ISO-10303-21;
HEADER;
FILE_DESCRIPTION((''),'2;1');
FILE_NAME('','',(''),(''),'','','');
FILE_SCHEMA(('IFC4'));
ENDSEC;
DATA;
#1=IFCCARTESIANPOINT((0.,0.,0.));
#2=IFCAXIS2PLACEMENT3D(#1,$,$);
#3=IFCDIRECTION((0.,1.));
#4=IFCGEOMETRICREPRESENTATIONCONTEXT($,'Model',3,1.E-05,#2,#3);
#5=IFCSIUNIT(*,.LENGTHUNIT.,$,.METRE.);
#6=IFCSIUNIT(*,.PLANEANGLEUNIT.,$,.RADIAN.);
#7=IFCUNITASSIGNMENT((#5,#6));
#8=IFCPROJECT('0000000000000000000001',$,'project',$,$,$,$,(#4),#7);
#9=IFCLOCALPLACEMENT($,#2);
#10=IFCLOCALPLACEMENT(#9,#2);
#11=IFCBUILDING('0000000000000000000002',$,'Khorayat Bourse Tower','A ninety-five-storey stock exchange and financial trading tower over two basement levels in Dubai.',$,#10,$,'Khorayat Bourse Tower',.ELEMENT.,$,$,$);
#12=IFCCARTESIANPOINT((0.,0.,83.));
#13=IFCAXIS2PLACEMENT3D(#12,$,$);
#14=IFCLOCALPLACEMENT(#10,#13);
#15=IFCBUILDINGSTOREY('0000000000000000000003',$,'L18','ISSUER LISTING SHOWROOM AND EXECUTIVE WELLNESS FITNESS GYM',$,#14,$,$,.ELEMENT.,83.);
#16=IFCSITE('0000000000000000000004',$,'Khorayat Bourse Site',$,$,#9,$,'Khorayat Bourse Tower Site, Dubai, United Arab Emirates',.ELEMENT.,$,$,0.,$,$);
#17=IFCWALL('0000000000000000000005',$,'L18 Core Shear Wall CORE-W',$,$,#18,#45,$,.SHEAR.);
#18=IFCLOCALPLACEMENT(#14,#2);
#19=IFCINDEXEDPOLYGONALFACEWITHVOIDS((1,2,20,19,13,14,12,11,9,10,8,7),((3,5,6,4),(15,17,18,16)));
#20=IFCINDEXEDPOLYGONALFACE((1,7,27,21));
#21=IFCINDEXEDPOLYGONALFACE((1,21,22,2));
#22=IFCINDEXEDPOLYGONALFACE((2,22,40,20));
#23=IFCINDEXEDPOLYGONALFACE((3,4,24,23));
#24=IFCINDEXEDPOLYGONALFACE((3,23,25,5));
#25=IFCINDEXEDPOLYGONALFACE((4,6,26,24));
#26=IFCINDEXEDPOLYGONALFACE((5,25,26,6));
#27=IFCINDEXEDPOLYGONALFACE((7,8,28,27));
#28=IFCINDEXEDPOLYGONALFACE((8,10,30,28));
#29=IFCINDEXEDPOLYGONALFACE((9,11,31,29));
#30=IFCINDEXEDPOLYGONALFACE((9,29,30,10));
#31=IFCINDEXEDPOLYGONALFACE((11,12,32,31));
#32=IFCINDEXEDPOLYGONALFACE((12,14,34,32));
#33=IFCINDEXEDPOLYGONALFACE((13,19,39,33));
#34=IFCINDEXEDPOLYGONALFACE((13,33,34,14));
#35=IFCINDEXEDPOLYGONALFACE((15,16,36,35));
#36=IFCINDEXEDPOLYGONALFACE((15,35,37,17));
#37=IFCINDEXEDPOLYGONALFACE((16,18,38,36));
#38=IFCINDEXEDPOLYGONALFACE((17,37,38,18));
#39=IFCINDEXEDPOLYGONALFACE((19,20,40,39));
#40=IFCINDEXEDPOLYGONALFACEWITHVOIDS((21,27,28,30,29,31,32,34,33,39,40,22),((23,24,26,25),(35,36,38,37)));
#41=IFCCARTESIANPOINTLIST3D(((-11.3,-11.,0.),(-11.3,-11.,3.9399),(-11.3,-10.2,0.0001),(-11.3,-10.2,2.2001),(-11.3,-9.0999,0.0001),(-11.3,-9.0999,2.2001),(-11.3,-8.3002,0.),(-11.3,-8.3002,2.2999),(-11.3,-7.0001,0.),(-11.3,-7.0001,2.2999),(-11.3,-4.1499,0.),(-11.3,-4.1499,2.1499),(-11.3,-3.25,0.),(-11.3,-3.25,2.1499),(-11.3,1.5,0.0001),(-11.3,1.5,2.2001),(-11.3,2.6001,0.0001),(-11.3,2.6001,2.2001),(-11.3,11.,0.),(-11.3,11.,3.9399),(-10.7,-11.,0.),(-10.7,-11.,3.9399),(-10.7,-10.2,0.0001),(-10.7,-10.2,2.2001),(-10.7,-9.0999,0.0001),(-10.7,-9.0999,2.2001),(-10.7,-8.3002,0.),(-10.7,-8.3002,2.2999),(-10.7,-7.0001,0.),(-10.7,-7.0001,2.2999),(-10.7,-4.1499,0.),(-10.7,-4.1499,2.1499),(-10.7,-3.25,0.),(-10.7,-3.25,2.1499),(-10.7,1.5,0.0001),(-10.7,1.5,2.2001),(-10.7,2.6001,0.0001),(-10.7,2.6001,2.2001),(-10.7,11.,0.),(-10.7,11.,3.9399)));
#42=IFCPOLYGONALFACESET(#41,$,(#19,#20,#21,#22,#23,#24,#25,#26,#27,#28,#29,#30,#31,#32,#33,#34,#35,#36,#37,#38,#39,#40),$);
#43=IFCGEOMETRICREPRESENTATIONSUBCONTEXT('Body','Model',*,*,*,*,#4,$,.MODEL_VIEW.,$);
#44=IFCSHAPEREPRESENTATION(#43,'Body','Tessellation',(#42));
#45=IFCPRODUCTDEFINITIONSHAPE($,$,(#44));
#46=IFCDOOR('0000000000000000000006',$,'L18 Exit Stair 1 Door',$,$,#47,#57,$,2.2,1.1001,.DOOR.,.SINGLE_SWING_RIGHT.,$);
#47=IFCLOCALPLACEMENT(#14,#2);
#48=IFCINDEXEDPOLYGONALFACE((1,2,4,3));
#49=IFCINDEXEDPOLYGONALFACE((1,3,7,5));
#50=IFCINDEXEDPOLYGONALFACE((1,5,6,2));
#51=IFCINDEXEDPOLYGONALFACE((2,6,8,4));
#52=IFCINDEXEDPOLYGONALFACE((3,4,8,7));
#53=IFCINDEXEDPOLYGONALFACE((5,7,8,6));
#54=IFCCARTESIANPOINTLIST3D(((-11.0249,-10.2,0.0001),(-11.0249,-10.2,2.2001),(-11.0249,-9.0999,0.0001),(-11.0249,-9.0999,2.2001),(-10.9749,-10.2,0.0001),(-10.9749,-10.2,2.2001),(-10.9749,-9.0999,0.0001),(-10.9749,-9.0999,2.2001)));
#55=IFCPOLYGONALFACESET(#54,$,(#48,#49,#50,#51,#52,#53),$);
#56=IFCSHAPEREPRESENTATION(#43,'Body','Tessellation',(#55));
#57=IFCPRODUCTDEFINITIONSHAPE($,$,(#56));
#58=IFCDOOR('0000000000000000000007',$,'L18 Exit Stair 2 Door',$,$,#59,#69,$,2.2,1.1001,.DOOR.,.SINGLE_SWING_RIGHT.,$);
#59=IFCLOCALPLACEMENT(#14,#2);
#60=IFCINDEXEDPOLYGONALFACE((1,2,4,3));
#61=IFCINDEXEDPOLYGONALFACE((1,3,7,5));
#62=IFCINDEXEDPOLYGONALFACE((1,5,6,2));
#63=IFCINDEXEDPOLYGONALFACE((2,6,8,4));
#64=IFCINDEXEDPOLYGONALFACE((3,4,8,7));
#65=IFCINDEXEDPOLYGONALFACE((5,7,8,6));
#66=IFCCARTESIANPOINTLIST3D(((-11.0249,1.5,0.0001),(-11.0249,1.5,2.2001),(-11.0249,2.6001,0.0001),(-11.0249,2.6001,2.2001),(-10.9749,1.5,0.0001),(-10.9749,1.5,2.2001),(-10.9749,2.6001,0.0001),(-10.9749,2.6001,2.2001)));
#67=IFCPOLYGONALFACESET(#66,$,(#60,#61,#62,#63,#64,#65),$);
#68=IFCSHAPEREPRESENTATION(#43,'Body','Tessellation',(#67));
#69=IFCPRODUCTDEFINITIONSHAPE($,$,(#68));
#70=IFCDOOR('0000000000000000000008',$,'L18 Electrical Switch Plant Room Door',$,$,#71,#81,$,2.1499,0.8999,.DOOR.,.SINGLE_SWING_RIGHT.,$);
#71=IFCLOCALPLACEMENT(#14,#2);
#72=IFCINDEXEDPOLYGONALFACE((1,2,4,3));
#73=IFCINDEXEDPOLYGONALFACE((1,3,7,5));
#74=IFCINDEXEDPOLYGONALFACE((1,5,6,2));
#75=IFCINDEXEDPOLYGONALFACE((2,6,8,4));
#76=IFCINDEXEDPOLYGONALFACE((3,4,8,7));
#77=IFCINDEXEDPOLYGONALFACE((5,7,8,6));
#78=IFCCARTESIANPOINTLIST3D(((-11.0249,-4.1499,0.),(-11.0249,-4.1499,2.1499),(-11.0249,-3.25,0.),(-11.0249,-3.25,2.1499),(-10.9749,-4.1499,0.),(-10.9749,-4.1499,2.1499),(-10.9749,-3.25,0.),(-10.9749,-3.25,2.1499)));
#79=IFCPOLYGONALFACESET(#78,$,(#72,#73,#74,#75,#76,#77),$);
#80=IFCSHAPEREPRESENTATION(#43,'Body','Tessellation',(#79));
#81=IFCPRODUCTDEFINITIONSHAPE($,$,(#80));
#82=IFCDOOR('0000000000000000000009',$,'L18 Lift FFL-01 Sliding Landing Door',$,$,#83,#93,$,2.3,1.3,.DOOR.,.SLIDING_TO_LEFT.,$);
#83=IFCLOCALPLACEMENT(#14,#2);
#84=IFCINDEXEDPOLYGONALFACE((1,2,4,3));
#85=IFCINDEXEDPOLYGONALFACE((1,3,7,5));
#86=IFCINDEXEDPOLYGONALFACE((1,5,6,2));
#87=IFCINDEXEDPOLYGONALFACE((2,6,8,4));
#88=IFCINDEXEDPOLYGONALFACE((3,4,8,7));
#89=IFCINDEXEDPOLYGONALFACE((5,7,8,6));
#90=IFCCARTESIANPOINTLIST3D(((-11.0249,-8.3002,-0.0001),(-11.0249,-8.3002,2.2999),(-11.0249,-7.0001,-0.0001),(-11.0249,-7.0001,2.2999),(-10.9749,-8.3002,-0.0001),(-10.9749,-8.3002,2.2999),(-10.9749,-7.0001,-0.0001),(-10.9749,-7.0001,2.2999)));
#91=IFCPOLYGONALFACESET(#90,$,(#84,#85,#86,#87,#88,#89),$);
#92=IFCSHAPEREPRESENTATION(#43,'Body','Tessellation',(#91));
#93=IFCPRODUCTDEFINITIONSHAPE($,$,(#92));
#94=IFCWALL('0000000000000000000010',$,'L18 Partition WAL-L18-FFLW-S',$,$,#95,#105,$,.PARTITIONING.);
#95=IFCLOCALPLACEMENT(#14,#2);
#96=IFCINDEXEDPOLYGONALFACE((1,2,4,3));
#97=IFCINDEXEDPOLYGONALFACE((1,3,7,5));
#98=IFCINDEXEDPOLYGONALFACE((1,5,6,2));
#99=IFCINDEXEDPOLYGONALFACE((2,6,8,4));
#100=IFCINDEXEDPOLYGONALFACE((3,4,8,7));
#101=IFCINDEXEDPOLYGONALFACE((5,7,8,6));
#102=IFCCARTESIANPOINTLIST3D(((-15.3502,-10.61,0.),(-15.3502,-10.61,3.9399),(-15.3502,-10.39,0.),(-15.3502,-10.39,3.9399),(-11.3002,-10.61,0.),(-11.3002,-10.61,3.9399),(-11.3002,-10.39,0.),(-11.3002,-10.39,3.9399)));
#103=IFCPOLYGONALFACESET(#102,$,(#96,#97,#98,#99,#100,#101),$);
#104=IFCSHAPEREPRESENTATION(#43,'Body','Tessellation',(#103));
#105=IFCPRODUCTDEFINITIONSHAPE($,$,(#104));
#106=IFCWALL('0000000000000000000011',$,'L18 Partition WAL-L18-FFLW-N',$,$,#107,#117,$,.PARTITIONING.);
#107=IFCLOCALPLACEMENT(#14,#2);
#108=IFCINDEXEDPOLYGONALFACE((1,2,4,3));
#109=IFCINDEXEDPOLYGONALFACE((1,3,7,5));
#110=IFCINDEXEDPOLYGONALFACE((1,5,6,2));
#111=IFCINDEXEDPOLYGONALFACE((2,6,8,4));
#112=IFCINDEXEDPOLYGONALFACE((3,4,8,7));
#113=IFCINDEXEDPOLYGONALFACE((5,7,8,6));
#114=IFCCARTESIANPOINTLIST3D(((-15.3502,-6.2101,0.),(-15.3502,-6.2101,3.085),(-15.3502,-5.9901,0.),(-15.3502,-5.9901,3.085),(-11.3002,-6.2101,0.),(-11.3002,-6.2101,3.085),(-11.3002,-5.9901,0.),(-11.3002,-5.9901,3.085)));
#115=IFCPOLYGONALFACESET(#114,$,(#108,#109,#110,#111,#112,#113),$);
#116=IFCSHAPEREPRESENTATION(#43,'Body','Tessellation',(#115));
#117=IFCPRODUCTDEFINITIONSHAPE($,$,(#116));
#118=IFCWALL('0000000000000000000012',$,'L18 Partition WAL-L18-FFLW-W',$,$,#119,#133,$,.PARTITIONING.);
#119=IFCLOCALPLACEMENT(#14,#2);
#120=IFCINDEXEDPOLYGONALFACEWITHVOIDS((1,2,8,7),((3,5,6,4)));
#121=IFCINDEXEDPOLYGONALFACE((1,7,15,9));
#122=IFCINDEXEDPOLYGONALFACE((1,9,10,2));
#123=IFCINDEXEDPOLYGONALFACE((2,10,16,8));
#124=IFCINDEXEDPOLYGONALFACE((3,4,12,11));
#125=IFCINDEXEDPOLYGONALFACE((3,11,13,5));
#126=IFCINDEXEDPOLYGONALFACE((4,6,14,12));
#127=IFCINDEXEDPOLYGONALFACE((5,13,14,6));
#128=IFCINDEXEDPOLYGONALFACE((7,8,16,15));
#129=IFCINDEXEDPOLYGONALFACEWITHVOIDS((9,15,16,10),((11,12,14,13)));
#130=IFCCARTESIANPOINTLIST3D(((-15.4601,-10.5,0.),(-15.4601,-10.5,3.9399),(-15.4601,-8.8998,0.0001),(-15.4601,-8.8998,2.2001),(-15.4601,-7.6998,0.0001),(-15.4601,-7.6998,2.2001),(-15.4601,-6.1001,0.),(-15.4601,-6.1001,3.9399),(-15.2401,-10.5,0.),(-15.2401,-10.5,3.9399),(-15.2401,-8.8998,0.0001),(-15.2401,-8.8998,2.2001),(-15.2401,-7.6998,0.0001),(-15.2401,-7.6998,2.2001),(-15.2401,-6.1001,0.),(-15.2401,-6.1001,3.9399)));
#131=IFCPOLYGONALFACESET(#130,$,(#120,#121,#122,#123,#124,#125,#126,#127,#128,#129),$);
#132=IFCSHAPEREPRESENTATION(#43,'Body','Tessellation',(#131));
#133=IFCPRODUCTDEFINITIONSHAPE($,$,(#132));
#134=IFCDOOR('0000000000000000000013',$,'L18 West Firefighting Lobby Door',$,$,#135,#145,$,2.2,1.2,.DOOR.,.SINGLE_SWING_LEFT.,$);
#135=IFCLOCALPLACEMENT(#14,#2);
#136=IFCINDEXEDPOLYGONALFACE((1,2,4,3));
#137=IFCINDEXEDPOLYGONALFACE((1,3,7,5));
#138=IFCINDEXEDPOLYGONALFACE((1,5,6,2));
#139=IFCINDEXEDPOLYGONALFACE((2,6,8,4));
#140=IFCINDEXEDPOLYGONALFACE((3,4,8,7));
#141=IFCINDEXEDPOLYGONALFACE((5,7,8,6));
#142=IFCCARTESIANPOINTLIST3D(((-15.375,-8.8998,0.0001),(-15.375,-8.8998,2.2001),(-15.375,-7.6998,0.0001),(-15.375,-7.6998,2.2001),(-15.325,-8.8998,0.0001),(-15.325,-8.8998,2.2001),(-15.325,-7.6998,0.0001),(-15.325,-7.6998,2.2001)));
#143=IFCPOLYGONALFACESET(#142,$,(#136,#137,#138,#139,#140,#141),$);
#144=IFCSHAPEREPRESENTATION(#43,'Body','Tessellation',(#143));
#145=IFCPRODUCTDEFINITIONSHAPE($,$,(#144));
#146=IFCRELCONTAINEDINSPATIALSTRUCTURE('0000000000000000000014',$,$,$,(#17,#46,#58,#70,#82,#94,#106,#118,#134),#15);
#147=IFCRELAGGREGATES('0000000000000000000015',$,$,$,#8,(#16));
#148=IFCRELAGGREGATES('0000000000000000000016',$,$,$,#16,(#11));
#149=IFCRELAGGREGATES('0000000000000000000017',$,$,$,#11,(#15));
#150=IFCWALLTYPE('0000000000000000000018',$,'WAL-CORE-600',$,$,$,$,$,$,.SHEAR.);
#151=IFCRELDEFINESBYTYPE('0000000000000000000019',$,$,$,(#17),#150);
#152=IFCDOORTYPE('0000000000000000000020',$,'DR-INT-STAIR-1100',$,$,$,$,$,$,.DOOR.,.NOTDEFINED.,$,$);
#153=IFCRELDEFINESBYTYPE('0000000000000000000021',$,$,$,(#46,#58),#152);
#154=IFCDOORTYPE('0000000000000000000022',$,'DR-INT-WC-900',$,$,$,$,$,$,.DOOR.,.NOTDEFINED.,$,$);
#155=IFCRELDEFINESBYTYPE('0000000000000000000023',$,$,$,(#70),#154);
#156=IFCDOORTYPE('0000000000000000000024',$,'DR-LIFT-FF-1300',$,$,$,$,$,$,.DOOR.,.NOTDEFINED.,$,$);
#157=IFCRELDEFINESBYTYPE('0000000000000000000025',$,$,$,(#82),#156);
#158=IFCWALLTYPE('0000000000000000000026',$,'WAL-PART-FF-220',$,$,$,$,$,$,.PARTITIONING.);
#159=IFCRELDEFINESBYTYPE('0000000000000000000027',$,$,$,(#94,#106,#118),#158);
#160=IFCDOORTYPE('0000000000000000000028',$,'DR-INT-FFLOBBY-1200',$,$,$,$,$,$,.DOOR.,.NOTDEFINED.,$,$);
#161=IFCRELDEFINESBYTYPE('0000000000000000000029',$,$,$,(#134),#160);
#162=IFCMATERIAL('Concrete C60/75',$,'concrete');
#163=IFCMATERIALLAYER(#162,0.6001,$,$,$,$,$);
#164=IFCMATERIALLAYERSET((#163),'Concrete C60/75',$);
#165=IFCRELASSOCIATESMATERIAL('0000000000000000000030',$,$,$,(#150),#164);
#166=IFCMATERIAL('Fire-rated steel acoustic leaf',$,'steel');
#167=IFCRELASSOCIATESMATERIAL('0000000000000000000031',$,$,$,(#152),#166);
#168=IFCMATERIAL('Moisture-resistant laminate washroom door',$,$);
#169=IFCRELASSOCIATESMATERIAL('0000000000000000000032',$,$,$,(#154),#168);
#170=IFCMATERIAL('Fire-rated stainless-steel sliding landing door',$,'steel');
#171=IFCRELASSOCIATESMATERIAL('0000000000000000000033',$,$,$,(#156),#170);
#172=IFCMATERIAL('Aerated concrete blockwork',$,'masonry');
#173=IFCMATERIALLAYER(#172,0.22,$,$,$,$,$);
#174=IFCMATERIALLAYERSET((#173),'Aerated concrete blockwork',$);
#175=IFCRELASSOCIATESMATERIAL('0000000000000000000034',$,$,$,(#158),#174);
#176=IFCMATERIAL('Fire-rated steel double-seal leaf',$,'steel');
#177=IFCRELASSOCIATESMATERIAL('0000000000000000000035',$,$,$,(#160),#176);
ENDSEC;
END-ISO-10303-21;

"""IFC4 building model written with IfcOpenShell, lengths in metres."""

from ifc_helpers import new_model, si_unit, direction, frame, frame_2d, origin, place, context, subcontext, project, spatial, rectangle, extrude, source, transform, mapped, material, layer, layer_set, type_object, element, fill, save


model = new_model("IFC4")

# Units and contexts
model_context = context("Model", 3, precision=1e-05, world=origin(), true_north=direction((0.0, 1.0)))
body_context = subcontext(model_context, "Body", "Model", "MODEL_VIEW")
ifc_project = project(units=[si_unit("LENGTHUNIT", "METRE"), si_unit("PLANEANGLEUNIT", "RADIAN")], contexts=[model_context])

# Site, building, storey
site_placement = place(None, origin())
site = spatial("IfcSite", under=ifc_project, at=site_placement, Name="Khorayat Bourse Site", LongName="Khorayat Bourse Tower Site, Dubai, United Arab Emirates", CompositionType="ELEMENT", RefElevation=0.0)
building_placement = place(site_placement, origin())
building = spatial("IfcBuilding", under=site, at=building_placement, Name="Khorayat Bourse Tower", Description="A ninety-five-storey stock exchange and financial trading tower over two basement levels in Dubai.", LongName="Khorayat Bourse Tower", CompositionType="ELEMENT")
storey_placement = place(building_placement, frame((0.0, 0.0, 83.0)))
storey = spatial("IfcBuildingStorey", under=building, at=storey_placement, Name="L18", Description="ISSUER LISTING SHOWROOM AND EXECUTIVE WELLNESS FITNESS GYM", CompositionType="ELEMENT", Elevation=83.0)

# Wall, openings, doors
ifc_material_1 = material(Name="Concrete C60/75", Category="concrete")
ifc_layer_1 = layer(ifc_material_1, 0.6001)
ifc_layer_set_1 = layer_set([ifc_layer_1], Name="Concrete C60/75")
wall_type_1 = type_object("IfcWallType", Name="WAL-CORE-600", PredefinedType="SHEAR", material=ifc_layer_set_1)
shared_shape_1 = source(origin(), body_context, "Body", "SweptSolid", [
    extrude(rectangle(XDim=22.0, YDim=0.6001, at=frame_2d((11.0, 0.0))), origin(), (0.0, 0.0, 1.0), 3.9399),
])
wall_1_placement = place(storey_placement, frame((-11.0, -11.0, 0.0), z_axis=(0.0, 0.0, 1.0), x_axis=(0.0, 1.0, 0.0)))
wall_1 = element("IfcWall", 1, at=wall_1_placement, inside=storey, type_object=wall_type_1, Name="L18 Core Shear Wall CORE-W", PredefinedType="SHEAR", context=body_context, shape_type="MappedRepresentation", body=[
    mapped(shared_shape_1, transform((0.0, 0.0, 0.0), scale=1.0)),
])
shared_shape_2 = source(origin(), body_context, "Body", "SweptSolid", [
    extrude(rectangle(XDim=1.1001, YDim=2.2, at=frame_2d((0.55, 1.1001))), frame((0.0, 0.3101, 0.0), z_axis=(0.0, -1.0, 0.0), x_axis=(1.0, 0.0, 0.0)), (0.0, 0.0, 1.0), 0.6201),
])
opening_1_placement = place(wall_1_placement, frame((0.8, 0.0, 0.0)))
opening_1 = element("IfcOpeningElement", 2, at=opening_1_placement, cuts=wall_1, PredefinedType="OPENING", context=body_context, shape_type="MappedRepresentation", body=[
    mapped(shared_shape_2, transform((0.0, 0.0, 0.0), scale=1.0)),
])
opening_2_placement = place(wall_1_placement, frame((12.5, 0.0, 0.0)))
opening_2 = element("IfcOpeningElement", 3, at=opening_2_placement, cuts=wall_1, PredefinedType="OPENING", context=body_context, shape_type="MappedRepresentation", body=[
    mapped(shared_shape_2, transform((0.0, 0.0, 0.0), scale=1.0)),
])
shared_shape_3 = source(origin(), body_context, "Body", "SweptSolid", [
    extrude(rectangle(XDim=0.8999, YDim=2.1499, at=frame_2d((0.45, 1.075))), frame((0.0, 0.3101, 0.0), z_axis=(0.0, -1.0, 0.0), x_axis=(1.0, 0.0, 0.0)), (0.0, 0.0, 1.0), 0.6201),
])
opening_3_placement = place(wall_1_placement, frame((6.8501, 0.0, 0.0)))
opening_3 = element("IfcOpeningElement", 4, at=opening_3_placement, cuts=wall_1, PredefinedType="OPENING", context=body_context, shape_type="MappedRepresentation", body=[
    mapped(shared_shape_3, transform((0.0, 0.0, 0.0), scale=1.0)),
])
shared_shape_4 = source(origin(), body_context, "Body", "SweptSolid", [
    extrude(rectangle(XDim=1.3, YDim=2.3, at=frame_2d((0.6499, 1.1499))), frame((0.0, 0.3101, 0.0), z_axis=(0.0, -1.0, 0.0), x_axis=(1.0, 0.0, 0.0)), (0.0, 0.0, 1.0), 0.6201),
])
opening_4_placement = place(wall_1_placement, frame((2.7, 0.0, 0.0)))
opening_4 = element("IfcOpeningElement", 5, at=opening_4_placement, cuts=wall_1, PredefinedType="OPENING", context=body_context, shape_type="MappedRepresentation", body=[
    mapped(shared_shape_4, transform((0.0, 0.0, 0.0), scale=1.0)),
])
ifc_material_2 = material(Name="Fire-rated steel acoustic leaf", Category="steel")
door_type_1 = type_object("IfcDoorType", Name="DR-INT-STAIR-1100", OperationType="NOTDEFINED", PredefinedType="DOOR", material=ifc_material_2)
shared_shape_5 = source(origin(), body_context, "Body", "SweptSolid", [
    extrude(rectangle(XDim=1.1001, YDim=2.2, at=frame_2d((0.55, 1.1001))), frame((0.0, 0.0249, 0.0), z_axis=(0.0, -1.0, 0.0), x_axis=(1.0, 0.0, 0.0)), (0.0, 0.0, 1.0), 0.05),
])
door_1_placement = place(opening_1_placement, origin())
door_1 = element("IfcDoor", 6, at=door_1_placement, inside=storey, type_object=door_type_1, Name="L18 Exit Stair 1 Door", OperationType="SINGLE_SWING_RIGHT", OverallHeight=2.2, OverallWidth=1.1001, PredefinedType="DOOR", context=body_context, shape_type="MappedRepresentation", body=[
    mapped(shared_shape_5, transform((0.0, 0.0, 0.0), scale=1.0)),
])
fill(opening_1, door_1)
door_2_placement = place(opening_2_placement, origin())
door_2 = element("IfcDoor", 7, at=door_2_placement, inside=storey, type_object=door_type_1, Name="L18 Exit Stair 2 Door", OperationType="SINGLE_SWING_RIGHT", OverallHeight=2.2, OverallWidth=1.1001, PredefinedType="DOOR", context=body_context, shape_type="MappedRepresentation", body=[
    mapped(shared_shape_5, transform((0.0, 0.0, 0.0), scale=1.0)),
])
fill(opening_2, door_2)
ifc_material_3 = material(Name="Moisture-resistant laminate washroom door")
door_type_2 = type_object("IfcDoorType", Name="DR-INT-WC-900", OperationType="NOTDEFINED", PredefinedType="DOOR", material=ifc_material_3)
shared_shape_6 = source(origin(), body_context, "Body", "SweptSolid", [
    extrude(rectangle(XDim=0.8999, YDim=2.1499, at=frame_2d((0.45, 1.075))), frame((0.0, 0.0249, 0.0), z_axis=(0.0, -1.0, 0.0), x_axis=(1.0, 0.0, 0.0)), (0.0, 0.0, 1.0), 0.05),
])
door_3_placement = place(opening_3_placement, origin())
door_3 = element("IfcDoor", 8, at=door_3_placement, inside=storey, type_object=door_type_2, Name="L18 Electrical Switch Plant Room Door", OperationType="SINGLE_SWING_RIGHT", OverallHeight=2.1499, OverallWidth=0.8999, PredefinedType="DOOR", context=body_context, shape_type="MappedRepresentation", body=[
    mapped(shared_shape_6, transform((0.0, 0.0, 0.0), scale=1.0)),
])
fill(opening_3, door_3)
ifc_material_4 = material(Name="Fire-rated stainless-steel sliding landing door", Category="steel")
door_type_3 = type_object("IfcDoorType", Name="DR-LIFT-FF-1300", OperationType="NOTDEFINED", PredefinedType="DOOR", material=ifc_material_4)
shared_shape_7 = source(origin(), body_context, "Body", "SweptSolid", [
    extrude(rectangle(XDim=1.3, YDim=2.3, at=frame_2d((0.6499, 1.1499))), frame((0.0, 0.0249, 0.0), z_axis=(0.0, -1.0, 0.0), x_axis=(1.0, 0.0, 0.0)), (0.0, 0.0, 1.0), 0.05),
])
door_4_placement = place(opening_4_placement, origin())
door_4 = element("IfcDoor", 9, at=door_4_placement, inside=storey, type_object=door_type_3, Name="L18 Lift FFL-01 Sliding Landing Door", OperationType="SLIDING_TO_LEFT", OverallHeight=2.3, OverallWidth=1.3, PredefinedType="DOOR", context=body_context, shape_type="MappedRepresentation", body=[
    mapped(shared_shape_7, transform((0.0, 0.0, 0.0), scale=1.0)),
])
fill(opening_4, door_4)

# Walls
ifc_material_5 = material(Name="Aerated concrete blockwork", Category="masonry")
ifc_layer_2 = layer(ifc_material_5, 0.22)
ifc_layer_set_2 = layer_set([ifc_layer_2], Name="Aerated concrete blockwork")
wall_type_2 = type_object("IfcWallType", Name="WAL-PART-FF-220", PredefinedType="PARTITIONING", material=ifc_layer_set_2)
shared_shape_8 = source(origin(), body_context, "Body", "SweptSolid", [
    extrude(rectangle(XDim=4.05, YDim=0.22, at=frame_2d((2.0249, 0.0))), origin(), (0.0, 0.0, 1.0), 3.9399),
])
wall_2_placement = place(storey_placement, frame((-15.3501, -10.5, 0.0), z_axis=(0.0, 0.0, 1.0), x_axis=(1.0, 0.0, 0.0)))
element("IfcWall", 10, at=wall_2_placement, inside=storey, type_object=wall_type_2, Name="L18 Partition WAL-L18-FFLW-S", PredefinedType="PARTITIONING", context=body_context, shape_type="MappedRepresentation", body=[
    mapped(shared_shape_8, transform((0.0, 0.0, 0.0), scale=1.0)),
])
shared_shape_9 = source(origin(), body_context, "Body", "SweptSolid", [
    extrude(rectangle(XDim=4.05, YDim=0.22, at=frame_2d((2.0249, 0.0))), origin(), (0.0, 0.0, 1.0), 3.085),
])
wall_3_placement = place(storey_placement, frame((-15.3501, -6.1001, 0.0), z_axis=(0.0, 0.0, 1.0), x_axis=(1.0, 0.0, 0.0)))
element("IfcWall", 11, at=wall_3_placement, inside=storey, type_object=wall_type_2, Name="L18 Partition WAL-L18-FFLW-N", PredefinedType="PARTITIONING", context=body_context, shape_type="MappedRepresentation", body=[
    mapped(shared_shape_9, transform((0.0, 0.0, 0.0), scale=1.0)),
])

# Wall, opening, door
shared_shape_10 = source(origin(), body_context, "Body", "SweptSolid", [
    extrude(rectangle(XDim=4.3999, YDim=0.22, at=frame_2d((2.2, 0.0))), origin(), (0.0, 0.0, 1.0), 3.9399),
])
wall_4_placement = place(storey_placement, frame((-15.3501, -10.5, 0.0), z_axis=(0.0, 0.0, 1.0), x_axis=(0.0, 1.0, 0.0)))
wall_4 = element("IfcWall", 12, at=wall_4_placement, inside=storey, type_object=wall_type_2, Name="L18 Partition WAL-L18-FFLW-W", PredefinedType="PARTITIONING", context=body_context, shape_type="MappedRepresentation", body=[
    mapped(shared_shape_10, transform((0.0, 0.0, 0.0), scale=1.0)),
])
shared_shape_11 = source(origin(), body_context, "Body", "SweptSolid", [
    extrude(rectangle(XDim=1.2, YDim=2.2, at=frame_2d((0.6001, 1.1001))), frame((0.0, 0.1199, 0.0), z_axis=(0.0, -1.0, 0.0), x_axis=(1.0, 0.0, 0.0)), (0.0, 0.0, 1.0), 0.24),
])
opening_5_placement = place(wall_4_placement, frame((1.6001, 0.0, 0.0)))
opening_5 = element("IfcOpeningElement", 13, at=opening_5_placement, cuts=wall_4, PredefinedType="OPENING", context=body_context, shape_type="MappedRepresentation", body=[
    mapped(shared_shape_11, transform((0.0, 0.0, 0.0), scale=1.0)),
])
ifc_material_6 = material(Name="Fire-rated steel double-seal leaf", Category="steel")
door_type_4 = type_object("IfcDoorType", Name="DR-INT-FFLOBBY-1200", OperationType="NOTDEFINED", PredefinedType="DOOR", material=ifc_material_6)
shared_shape_12 = source(origin(), body_context, "Body", "SweptSolid", [
    extrude(rectangle(XDim=1.2, YDim=2.2, at=frame_2d((0.6001, 1.1001))), frame((0.0, 0.0249, 0.0), z_axis=(0.0, -1.0, 0.0), x_axis=(1.0, 0.0, 0.0)), (0.0, 0.0, 1.0), 0.05),
])
door_5_placement = place(opening_5_placement, origin())
door_5 = element("IfcDoor", 14, at=door_5_placement, inside=storey, type_object=door_type_4, Name="L18 West Firefighting Lobby Door", OperationType="SINGLE_SWING_LEFT", OverallHeight=2.2, OverallWidth=1.2, PredefinedType="DOOR", context=body_context, shape_type="MappedRepresentation", body=[
    mapped(shared_shape_12, transform((0.0, 0.0, 0.0), scale=1.0)),
])
fill(opening_5, door_5)

save(model, "model.ifc")
